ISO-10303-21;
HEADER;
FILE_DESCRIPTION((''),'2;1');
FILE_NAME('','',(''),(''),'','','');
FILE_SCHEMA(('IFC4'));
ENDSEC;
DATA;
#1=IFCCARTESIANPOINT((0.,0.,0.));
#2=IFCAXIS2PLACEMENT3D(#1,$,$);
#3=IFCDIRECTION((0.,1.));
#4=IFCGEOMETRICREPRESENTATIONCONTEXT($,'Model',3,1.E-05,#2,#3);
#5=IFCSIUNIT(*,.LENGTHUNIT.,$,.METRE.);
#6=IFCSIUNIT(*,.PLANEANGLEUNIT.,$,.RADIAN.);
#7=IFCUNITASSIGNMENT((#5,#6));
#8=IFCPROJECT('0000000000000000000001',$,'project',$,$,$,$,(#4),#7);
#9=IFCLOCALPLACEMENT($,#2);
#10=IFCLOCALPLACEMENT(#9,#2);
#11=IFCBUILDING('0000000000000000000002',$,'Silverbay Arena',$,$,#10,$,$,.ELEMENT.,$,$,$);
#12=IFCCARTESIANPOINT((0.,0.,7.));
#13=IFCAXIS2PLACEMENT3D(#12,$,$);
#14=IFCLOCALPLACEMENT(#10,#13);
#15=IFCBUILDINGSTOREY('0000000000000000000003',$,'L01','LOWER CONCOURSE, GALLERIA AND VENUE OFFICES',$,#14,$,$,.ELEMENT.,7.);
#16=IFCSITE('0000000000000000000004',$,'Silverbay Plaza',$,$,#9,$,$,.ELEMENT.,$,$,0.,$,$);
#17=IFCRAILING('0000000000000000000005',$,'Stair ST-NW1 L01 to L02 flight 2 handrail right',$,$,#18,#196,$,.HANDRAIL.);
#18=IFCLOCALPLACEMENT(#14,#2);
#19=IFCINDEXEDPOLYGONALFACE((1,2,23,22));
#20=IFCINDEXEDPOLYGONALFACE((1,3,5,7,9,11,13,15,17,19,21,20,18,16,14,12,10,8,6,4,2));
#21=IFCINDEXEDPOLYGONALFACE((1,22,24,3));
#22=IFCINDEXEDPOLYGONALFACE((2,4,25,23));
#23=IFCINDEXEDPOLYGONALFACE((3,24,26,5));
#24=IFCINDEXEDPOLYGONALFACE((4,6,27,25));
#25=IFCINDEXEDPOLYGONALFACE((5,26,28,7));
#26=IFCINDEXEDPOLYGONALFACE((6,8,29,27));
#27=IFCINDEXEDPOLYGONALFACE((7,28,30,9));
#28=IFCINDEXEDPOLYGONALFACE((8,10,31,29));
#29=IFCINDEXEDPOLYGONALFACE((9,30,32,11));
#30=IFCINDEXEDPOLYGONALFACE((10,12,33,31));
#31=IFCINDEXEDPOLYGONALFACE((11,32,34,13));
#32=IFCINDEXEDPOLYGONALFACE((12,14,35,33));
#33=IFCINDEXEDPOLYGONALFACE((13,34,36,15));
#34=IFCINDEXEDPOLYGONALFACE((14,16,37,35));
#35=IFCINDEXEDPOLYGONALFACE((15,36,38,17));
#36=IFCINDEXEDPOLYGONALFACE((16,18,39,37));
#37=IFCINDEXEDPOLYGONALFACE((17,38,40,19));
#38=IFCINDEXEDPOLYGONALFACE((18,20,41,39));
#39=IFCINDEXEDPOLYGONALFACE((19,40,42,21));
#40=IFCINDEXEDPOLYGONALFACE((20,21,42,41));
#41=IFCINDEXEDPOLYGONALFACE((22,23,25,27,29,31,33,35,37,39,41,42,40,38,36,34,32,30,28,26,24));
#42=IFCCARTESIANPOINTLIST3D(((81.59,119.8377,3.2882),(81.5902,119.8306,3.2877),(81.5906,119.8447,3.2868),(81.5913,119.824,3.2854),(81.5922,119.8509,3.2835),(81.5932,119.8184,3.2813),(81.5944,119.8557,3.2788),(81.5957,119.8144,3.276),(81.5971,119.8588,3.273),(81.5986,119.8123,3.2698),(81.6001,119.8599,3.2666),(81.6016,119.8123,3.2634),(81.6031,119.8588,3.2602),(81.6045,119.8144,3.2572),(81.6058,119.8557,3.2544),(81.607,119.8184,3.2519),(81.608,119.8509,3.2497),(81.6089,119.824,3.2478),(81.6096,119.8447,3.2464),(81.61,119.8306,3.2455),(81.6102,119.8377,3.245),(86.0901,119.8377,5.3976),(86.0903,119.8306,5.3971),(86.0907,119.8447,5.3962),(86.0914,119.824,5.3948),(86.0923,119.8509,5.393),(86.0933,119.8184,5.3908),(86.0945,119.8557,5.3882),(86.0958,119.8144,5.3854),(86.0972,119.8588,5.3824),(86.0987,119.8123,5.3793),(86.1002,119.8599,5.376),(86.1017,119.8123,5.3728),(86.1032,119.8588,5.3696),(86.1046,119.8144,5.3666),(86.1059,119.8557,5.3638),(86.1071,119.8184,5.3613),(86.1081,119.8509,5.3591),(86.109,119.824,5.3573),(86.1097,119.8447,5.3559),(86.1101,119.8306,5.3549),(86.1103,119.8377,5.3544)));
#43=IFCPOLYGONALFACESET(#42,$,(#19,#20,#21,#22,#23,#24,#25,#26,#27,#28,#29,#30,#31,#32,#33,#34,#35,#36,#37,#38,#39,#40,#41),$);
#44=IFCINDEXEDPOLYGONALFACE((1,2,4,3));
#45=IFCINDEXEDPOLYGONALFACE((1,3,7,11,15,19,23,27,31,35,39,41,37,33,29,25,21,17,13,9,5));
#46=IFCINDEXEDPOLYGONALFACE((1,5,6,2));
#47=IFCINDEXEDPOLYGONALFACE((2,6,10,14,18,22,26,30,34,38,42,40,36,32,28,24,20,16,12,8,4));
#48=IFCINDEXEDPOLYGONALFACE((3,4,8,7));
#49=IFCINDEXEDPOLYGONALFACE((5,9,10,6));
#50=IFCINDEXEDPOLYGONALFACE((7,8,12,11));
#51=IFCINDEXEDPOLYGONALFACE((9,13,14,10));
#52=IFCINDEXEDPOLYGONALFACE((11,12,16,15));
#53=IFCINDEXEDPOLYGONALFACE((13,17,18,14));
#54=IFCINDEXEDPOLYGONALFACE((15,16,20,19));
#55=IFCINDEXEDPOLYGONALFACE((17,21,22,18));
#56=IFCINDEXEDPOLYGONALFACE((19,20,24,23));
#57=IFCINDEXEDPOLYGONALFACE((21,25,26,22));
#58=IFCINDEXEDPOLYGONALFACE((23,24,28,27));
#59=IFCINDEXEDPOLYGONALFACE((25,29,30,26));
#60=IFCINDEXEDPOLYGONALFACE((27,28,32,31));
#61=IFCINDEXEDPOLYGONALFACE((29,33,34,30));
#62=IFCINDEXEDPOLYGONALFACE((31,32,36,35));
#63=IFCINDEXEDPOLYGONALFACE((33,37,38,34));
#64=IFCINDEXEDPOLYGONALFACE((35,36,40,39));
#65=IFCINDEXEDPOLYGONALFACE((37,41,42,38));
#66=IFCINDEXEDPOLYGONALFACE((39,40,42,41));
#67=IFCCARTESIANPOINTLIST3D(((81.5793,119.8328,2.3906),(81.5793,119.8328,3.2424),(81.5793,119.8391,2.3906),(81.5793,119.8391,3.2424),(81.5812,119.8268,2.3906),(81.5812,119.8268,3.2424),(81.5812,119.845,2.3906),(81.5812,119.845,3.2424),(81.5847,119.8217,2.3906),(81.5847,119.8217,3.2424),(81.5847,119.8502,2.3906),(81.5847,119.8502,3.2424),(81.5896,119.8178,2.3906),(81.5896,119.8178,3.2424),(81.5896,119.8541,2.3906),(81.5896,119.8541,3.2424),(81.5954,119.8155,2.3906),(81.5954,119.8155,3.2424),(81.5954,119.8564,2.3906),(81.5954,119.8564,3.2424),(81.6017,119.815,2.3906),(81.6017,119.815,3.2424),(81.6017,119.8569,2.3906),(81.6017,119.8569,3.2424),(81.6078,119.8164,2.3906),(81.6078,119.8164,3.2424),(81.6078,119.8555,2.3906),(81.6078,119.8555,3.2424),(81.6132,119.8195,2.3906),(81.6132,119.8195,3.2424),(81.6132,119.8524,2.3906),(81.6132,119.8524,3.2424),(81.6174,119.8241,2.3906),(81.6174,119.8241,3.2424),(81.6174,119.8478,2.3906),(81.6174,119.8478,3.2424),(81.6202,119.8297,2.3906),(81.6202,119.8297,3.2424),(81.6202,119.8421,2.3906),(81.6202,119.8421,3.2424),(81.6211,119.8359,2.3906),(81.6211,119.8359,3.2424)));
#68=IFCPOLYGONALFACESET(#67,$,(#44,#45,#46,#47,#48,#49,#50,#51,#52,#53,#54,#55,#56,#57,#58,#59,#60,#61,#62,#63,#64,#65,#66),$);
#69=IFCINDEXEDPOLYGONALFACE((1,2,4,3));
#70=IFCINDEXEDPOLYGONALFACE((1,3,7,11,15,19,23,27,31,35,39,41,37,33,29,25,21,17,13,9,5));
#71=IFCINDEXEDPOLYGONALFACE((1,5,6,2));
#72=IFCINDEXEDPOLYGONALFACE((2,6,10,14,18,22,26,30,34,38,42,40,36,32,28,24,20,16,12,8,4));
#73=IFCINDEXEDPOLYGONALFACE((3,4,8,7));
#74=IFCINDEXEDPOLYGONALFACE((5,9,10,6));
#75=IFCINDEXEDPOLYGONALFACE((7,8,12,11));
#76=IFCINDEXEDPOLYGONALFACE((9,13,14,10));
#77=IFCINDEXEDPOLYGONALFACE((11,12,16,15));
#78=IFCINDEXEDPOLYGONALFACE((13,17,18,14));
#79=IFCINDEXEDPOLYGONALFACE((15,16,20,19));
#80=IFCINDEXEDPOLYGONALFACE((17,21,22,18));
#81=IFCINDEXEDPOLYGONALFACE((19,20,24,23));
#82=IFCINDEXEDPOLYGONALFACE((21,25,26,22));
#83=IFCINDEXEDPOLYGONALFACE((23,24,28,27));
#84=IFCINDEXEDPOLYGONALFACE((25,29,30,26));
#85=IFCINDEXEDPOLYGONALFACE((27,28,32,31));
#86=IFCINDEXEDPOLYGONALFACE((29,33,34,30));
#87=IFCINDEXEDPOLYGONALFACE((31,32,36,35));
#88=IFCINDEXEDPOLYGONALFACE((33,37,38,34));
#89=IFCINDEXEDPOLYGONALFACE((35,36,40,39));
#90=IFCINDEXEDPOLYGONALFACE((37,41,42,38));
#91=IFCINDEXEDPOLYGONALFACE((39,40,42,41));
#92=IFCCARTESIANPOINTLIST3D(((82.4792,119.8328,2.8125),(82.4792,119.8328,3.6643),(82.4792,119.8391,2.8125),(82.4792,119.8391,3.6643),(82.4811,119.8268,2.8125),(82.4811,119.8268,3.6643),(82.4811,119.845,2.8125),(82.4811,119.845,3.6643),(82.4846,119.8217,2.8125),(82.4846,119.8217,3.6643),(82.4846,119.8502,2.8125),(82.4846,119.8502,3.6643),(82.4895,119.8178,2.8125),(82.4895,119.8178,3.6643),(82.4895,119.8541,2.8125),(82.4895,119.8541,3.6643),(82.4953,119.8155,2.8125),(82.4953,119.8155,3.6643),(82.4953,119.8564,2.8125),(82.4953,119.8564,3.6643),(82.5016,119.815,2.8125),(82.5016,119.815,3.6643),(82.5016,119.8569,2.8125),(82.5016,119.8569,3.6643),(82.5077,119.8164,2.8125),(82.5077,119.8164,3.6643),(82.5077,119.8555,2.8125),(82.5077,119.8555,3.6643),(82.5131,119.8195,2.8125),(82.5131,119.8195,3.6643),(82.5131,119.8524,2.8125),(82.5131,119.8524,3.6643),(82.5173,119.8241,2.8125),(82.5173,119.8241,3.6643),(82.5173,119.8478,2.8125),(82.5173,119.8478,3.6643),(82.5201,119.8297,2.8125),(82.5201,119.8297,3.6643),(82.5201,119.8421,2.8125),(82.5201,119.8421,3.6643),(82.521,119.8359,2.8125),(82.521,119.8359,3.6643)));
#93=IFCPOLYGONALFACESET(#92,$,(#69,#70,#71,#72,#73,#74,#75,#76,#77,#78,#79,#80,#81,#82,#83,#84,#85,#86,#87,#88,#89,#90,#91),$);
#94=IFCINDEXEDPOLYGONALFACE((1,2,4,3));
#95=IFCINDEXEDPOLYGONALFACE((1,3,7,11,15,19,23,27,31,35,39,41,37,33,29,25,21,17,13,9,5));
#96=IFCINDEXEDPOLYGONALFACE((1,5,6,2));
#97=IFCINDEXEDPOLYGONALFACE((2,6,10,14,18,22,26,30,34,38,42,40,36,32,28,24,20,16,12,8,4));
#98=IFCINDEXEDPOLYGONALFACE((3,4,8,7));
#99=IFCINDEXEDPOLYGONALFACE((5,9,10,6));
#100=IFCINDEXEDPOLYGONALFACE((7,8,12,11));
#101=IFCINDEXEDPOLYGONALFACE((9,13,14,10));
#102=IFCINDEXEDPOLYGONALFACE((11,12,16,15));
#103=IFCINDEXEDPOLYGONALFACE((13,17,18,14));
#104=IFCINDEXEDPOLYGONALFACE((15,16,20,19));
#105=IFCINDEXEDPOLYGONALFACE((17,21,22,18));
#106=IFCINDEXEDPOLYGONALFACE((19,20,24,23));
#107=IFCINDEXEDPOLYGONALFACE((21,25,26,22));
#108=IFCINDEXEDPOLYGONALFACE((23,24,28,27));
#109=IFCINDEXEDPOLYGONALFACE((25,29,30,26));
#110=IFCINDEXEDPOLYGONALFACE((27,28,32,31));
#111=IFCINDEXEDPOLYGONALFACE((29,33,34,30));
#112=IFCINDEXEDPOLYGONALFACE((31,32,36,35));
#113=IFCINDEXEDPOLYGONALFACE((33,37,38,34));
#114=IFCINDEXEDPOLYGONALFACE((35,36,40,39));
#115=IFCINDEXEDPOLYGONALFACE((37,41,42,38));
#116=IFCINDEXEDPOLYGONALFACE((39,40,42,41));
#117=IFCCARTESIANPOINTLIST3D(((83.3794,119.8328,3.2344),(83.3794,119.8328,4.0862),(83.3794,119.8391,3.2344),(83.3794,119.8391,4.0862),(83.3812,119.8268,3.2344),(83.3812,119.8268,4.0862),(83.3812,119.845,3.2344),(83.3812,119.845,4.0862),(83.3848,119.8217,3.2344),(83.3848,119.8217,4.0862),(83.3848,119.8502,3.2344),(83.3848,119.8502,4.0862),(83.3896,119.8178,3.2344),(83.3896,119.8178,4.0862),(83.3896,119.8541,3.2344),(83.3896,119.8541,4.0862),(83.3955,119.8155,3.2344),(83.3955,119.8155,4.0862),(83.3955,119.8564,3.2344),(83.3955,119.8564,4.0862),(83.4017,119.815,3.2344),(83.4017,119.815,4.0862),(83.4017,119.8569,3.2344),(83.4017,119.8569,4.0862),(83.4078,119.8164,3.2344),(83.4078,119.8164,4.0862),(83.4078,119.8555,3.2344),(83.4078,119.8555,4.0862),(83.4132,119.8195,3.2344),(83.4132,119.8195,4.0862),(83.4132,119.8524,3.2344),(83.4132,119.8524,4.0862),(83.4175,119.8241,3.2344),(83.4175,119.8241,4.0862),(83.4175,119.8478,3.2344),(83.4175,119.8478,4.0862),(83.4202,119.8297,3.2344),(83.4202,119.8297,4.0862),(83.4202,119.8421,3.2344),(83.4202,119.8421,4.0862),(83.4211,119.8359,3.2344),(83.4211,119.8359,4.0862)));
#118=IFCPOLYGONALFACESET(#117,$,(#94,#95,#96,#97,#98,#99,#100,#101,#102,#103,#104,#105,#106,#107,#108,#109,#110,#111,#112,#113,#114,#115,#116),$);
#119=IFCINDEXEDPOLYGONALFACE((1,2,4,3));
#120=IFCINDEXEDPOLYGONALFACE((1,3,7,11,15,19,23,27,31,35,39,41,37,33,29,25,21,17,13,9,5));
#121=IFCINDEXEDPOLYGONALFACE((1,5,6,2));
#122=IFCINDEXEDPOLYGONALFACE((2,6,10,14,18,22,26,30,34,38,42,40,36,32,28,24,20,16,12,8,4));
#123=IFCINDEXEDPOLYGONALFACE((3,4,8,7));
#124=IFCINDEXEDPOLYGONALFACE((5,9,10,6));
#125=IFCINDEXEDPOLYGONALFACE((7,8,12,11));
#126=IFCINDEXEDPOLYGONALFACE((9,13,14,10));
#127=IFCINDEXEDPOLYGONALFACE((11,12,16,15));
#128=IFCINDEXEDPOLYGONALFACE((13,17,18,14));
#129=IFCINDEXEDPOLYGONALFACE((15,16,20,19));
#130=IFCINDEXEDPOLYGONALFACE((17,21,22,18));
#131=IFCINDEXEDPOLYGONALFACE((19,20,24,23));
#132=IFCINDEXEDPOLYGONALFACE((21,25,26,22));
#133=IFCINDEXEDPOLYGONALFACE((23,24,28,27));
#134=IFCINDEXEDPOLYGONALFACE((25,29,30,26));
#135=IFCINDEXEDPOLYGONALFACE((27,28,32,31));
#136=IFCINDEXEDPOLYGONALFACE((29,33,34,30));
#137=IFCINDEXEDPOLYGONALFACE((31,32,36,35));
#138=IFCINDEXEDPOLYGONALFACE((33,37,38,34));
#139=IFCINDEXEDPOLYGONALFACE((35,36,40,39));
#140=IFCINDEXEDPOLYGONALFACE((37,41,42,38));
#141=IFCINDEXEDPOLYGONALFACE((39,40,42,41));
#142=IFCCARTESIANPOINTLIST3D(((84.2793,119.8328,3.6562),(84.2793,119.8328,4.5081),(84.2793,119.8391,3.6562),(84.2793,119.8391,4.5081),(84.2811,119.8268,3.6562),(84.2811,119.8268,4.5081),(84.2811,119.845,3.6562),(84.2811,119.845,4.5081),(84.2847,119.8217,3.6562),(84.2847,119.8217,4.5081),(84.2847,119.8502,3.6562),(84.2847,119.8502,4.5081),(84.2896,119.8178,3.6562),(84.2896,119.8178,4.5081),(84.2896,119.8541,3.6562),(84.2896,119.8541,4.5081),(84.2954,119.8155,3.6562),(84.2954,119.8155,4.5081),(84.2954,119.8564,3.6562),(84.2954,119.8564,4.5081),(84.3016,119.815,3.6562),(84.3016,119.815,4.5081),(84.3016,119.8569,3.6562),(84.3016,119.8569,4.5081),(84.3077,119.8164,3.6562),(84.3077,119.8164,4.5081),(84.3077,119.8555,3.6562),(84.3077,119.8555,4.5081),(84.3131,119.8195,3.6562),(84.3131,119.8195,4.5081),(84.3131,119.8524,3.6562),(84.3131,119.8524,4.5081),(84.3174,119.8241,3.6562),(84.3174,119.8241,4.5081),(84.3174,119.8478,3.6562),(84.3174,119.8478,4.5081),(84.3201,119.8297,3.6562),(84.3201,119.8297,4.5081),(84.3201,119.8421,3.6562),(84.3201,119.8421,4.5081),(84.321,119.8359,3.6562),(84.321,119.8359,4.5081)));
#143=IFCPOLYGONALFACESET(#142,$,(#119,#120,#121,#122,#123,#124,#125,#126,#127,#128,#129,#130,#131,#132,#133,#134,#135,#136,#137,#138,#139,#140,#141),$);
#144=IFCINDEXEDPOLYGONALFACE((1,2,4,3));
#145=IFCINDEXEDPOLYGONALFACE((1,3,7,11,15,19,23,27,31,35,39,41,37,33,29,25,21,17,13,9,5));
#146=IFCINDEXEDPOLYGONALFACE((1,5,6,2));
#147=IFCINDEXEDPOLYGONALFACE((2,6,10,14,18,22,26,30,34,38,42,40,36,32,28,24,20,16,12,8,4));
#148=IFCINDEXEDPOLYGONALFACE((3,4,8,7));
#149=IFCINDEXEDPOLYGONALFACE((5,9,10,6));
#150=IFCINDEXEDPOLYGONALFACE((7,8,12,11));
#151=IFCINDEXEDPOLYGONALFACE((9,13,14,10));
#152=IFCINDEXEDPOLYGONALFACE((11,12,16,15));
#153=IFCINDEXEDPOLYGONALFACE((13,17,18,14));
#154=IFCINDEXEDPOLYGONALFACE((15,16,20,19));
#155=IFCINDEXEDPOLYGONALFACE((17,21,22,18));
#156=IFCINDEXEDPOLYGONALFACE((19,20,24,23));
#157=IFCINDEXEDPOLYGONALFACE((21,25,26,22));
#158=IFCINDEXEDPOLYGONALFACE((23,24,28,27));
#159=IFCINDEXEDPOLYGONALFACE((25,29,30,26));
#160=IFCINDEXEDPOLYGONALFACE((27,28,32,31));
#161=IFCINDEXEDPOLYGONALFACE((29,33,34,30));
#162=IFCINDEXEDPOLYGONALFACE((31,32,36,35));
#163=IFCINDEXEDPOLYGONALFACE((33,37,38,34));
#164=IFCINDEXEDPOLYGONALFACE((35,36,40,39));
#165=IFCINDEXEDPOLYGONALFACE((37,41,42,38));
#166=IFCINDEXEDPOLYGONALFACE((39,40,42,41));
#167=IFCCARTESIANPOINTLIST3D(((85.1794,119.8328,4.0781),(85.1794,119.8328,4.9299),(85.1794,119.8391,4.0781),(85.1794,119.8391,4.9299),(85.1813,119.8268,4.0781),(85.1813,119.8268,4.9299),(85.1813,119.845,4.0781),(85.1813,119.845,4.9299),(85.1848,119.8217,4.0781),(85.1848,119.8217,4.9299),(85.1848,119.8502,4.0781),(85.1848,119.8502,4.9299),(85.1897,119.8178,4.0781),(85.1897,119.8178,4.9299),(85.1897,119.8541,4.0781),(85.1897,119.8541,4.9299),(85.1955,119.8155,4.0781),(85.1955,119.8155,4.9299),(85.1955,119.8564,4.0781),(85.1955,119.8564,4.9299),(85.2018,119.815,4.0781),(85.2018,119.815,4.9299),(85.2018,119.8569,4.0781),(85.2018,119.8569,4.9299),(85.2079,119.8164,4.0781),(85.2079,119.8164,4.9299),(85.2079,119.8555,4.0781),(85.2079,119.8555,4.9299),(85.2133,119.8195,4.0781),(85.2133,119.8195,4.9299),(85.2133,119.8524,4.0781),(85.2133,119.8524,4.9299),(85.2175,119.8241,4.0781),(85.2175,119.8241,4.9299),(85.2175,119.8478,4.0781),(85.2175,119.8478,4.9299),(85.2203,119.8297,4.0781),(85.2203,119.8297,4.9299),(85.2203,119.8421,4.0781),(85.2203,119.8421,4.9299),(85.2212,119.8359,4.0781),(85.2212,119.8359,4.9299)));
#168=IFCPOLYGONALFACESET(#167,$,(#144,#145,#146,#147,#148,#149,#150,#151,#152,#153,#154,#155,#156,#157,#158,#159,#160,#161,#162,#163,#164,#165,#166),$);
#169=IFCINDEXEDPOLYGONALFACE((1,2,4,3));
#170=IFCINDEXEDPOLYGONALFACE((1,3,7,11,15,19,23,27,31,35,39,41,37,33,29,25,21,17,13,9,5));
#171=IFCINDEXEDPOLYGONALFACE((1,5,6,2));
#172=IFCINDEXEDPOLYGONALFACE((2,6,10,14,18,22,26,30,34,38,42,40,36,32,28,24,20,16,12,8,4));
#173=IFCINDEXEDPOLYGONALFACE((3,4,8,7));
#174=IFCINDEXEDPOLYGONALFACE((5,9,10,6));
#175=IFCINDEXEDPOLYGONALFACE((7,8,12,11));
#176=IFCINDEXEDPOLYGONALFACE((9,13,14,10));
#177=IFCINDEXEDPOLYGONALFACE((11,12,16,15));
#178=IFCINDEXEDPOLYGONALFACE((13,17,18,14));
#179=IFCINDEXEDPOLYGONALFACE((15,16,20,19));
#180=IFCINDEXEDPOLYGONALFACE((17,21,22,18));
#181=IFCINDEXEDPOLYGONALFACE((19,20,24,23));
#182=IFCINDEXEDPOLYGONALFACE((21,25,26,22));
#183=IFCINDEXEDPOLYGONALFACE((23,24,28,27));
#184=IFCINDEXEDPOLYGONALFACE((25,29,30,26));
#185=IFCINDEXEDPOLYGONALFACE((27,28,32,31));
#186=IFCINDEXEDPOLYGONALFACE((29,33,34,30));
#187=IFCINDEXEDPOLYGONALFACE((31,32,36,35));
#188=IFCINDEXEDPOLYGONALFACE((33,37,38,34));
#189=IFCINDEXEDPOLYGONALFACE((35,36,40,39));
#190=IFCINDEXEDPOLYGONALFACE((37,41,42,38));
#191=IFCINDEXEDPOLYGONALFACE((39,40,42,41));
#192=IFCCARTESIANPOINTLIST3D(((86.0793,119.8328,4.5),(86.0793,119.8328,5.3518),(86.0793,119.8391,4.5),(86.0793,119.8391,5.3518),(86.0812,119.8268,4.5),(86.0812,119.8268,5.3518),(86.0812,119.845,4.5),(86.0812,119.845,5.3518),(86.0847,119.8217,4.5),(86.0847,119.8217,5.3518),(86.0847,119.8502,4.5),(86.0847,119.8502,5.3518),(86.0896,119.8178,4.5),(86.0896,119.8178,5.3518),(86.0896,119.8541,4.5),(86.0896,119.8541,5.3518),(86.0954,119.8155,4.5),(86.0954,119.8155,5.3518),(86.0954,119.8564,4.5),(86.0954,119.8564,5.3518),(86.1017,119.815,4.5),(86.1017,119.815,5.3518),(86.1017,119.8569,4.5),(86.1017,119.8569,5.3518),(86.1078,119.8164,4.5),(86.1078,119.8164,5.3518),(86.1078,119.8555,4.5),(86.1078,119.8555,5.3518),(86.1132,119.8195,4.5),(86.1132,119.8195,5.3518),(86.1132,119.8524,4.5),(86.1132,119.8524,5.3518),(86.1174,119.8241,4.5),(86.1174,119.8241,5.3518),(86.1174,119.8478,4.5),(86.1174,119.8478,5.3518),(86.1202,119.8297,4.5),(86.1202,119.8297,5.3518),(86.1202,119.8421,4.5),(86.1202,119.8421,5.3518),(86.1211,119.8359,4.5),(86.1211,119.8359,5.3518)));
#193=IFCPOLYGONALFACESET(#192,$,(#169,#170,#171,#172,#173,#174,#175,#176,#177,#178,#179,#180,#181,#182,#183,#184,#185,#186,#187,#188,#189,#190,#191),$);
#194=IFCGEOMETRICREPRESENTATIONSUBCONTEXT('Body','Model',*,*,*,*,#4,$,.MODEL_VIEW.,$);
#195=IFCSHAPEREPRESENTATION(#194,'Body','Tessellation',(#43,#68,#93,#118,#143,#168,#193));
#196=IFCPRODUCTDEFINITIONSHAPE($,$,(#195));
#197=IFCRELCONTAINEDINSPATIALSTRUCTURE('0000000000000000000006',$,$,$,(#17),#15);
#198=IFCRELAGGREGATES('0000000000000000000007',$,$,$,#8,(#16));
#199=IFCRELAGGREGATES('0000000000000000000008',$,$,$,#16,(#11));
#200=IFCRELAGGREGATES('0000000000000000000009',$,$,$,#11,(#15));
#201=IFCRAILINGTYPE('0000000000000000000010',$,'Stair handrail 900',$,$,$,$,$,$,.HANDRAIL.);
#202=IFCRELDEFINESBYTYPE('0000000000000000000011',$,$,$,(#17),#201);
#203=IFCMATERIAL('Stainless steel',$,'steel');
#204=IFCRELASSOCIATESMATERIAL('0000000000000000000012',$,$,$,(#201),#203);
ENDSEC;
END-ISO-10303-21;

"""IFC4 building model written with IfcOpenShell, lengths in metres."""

from ifc_helpers import new_model, si_unit, direction, frame, origin, origin_2d, place, context, subcontext, project, spatial, circle, extrude, material, type_object, element, save


model = new_model("IFC4")

# Units and contexts
model_context = context("Model", 3, precision=1e-05, world=origin(), true_north=direction((0.0, 1.0)))
body_context = subcontext(model_context, "Body", "Model", "MODEL_VIEW")
ifc_project = project(units=[si_unit("LENGTHUNIT", "METRE"), si_unit("PLANEANGLEUNIT", "RADIAN")], contexts=[model_context])

# Site, building, storey
site_placement = place(None, origin())
site = spatial("IfcSite", under=ifc_project, at=site_placement, Name="Silverbay Plaza", CompositionType="ELEMENT", RefElevation=0.0)
building_placement = place(site_placement, origin())
building = spatial("IfcBuilding", under=site, at=building_placement, Name="Silverbay Arena", CompositionType="ELEMENT")
storey_placement = place(building_placement, frame((0.0, 0.0, 7.0)))
storey = spatial("IfcBuildingStorey", under=building, at=storey_placement, Name="L01", Description="LOWER CONCOURSE, GALLERIA AND VENUE OFFICES", CompositionType="ELEMENT", Elevation=7.0)

# Railing
ifc_material_1 = material(Name="Stainless steel", Category="steel")
railing_type_1 = type_object("IfcRailingType", Name="Stair handrail 900", PredefinedType="HANDRAIL", material=ifc_material_1)
for number, where, name in (
    (1, (81.6001, 119.8359, 2.3906), "Stair ST-NW1 L01 to L02 flight 2 handrail right"),
):
    element("IfcRailing", number, at=place(storey_placement, frame(where)), inside=storey, type_object=railing_type_1, Name=name, PredefinedType="HANDRAIL", context=body_context, shape_type="SweptSolid", body=[
        extrude(circle(Radius=0.0239, at=origin_2d()), frame((0.0, 0.0, 0.876), z_axis=(0.905459, 0.0, 0.424434), x_axis=(0.0, 1.0, 0.0)), (0.0, 0.0, 1.0), 4.97),
        extrude(circle(Radius=0.021, at=origin_2d()), origin(), (0.0, 0.0, 1.0), 0.8518),
        extrude(circle(Radius=0.021, at=origin_2d()), frame((0.8999, 0.0, 0.4219)), (0.0, 0.0, 1.0), 0.8518),
        extrude(circle(Radius=0.021, at=origin_2d()), frame((1.8, 0.0, 0.8438)), (0.0, 0.0, 1.0), 0.8518),
        extrude(circle(Radius=0.021, at=origin_2d()), frame((2.7, 0.0, 1.2656)), (0.0, 0.0, 1.0), 0.8518),
        extrude(circle(Radius=0.021, at=origin_2d()), frame((3.6001, 0.0, 1.6875)), (0.0, 0.0, 1.0), 0.8518),
        extrude(circle(Radius=0.021, at=origin_2d()), frame((4.5, 0.0, 2.1094)), (0.0, 0.0, 1.0), 0.8518),
    ])

save(model, "model.ifc")
